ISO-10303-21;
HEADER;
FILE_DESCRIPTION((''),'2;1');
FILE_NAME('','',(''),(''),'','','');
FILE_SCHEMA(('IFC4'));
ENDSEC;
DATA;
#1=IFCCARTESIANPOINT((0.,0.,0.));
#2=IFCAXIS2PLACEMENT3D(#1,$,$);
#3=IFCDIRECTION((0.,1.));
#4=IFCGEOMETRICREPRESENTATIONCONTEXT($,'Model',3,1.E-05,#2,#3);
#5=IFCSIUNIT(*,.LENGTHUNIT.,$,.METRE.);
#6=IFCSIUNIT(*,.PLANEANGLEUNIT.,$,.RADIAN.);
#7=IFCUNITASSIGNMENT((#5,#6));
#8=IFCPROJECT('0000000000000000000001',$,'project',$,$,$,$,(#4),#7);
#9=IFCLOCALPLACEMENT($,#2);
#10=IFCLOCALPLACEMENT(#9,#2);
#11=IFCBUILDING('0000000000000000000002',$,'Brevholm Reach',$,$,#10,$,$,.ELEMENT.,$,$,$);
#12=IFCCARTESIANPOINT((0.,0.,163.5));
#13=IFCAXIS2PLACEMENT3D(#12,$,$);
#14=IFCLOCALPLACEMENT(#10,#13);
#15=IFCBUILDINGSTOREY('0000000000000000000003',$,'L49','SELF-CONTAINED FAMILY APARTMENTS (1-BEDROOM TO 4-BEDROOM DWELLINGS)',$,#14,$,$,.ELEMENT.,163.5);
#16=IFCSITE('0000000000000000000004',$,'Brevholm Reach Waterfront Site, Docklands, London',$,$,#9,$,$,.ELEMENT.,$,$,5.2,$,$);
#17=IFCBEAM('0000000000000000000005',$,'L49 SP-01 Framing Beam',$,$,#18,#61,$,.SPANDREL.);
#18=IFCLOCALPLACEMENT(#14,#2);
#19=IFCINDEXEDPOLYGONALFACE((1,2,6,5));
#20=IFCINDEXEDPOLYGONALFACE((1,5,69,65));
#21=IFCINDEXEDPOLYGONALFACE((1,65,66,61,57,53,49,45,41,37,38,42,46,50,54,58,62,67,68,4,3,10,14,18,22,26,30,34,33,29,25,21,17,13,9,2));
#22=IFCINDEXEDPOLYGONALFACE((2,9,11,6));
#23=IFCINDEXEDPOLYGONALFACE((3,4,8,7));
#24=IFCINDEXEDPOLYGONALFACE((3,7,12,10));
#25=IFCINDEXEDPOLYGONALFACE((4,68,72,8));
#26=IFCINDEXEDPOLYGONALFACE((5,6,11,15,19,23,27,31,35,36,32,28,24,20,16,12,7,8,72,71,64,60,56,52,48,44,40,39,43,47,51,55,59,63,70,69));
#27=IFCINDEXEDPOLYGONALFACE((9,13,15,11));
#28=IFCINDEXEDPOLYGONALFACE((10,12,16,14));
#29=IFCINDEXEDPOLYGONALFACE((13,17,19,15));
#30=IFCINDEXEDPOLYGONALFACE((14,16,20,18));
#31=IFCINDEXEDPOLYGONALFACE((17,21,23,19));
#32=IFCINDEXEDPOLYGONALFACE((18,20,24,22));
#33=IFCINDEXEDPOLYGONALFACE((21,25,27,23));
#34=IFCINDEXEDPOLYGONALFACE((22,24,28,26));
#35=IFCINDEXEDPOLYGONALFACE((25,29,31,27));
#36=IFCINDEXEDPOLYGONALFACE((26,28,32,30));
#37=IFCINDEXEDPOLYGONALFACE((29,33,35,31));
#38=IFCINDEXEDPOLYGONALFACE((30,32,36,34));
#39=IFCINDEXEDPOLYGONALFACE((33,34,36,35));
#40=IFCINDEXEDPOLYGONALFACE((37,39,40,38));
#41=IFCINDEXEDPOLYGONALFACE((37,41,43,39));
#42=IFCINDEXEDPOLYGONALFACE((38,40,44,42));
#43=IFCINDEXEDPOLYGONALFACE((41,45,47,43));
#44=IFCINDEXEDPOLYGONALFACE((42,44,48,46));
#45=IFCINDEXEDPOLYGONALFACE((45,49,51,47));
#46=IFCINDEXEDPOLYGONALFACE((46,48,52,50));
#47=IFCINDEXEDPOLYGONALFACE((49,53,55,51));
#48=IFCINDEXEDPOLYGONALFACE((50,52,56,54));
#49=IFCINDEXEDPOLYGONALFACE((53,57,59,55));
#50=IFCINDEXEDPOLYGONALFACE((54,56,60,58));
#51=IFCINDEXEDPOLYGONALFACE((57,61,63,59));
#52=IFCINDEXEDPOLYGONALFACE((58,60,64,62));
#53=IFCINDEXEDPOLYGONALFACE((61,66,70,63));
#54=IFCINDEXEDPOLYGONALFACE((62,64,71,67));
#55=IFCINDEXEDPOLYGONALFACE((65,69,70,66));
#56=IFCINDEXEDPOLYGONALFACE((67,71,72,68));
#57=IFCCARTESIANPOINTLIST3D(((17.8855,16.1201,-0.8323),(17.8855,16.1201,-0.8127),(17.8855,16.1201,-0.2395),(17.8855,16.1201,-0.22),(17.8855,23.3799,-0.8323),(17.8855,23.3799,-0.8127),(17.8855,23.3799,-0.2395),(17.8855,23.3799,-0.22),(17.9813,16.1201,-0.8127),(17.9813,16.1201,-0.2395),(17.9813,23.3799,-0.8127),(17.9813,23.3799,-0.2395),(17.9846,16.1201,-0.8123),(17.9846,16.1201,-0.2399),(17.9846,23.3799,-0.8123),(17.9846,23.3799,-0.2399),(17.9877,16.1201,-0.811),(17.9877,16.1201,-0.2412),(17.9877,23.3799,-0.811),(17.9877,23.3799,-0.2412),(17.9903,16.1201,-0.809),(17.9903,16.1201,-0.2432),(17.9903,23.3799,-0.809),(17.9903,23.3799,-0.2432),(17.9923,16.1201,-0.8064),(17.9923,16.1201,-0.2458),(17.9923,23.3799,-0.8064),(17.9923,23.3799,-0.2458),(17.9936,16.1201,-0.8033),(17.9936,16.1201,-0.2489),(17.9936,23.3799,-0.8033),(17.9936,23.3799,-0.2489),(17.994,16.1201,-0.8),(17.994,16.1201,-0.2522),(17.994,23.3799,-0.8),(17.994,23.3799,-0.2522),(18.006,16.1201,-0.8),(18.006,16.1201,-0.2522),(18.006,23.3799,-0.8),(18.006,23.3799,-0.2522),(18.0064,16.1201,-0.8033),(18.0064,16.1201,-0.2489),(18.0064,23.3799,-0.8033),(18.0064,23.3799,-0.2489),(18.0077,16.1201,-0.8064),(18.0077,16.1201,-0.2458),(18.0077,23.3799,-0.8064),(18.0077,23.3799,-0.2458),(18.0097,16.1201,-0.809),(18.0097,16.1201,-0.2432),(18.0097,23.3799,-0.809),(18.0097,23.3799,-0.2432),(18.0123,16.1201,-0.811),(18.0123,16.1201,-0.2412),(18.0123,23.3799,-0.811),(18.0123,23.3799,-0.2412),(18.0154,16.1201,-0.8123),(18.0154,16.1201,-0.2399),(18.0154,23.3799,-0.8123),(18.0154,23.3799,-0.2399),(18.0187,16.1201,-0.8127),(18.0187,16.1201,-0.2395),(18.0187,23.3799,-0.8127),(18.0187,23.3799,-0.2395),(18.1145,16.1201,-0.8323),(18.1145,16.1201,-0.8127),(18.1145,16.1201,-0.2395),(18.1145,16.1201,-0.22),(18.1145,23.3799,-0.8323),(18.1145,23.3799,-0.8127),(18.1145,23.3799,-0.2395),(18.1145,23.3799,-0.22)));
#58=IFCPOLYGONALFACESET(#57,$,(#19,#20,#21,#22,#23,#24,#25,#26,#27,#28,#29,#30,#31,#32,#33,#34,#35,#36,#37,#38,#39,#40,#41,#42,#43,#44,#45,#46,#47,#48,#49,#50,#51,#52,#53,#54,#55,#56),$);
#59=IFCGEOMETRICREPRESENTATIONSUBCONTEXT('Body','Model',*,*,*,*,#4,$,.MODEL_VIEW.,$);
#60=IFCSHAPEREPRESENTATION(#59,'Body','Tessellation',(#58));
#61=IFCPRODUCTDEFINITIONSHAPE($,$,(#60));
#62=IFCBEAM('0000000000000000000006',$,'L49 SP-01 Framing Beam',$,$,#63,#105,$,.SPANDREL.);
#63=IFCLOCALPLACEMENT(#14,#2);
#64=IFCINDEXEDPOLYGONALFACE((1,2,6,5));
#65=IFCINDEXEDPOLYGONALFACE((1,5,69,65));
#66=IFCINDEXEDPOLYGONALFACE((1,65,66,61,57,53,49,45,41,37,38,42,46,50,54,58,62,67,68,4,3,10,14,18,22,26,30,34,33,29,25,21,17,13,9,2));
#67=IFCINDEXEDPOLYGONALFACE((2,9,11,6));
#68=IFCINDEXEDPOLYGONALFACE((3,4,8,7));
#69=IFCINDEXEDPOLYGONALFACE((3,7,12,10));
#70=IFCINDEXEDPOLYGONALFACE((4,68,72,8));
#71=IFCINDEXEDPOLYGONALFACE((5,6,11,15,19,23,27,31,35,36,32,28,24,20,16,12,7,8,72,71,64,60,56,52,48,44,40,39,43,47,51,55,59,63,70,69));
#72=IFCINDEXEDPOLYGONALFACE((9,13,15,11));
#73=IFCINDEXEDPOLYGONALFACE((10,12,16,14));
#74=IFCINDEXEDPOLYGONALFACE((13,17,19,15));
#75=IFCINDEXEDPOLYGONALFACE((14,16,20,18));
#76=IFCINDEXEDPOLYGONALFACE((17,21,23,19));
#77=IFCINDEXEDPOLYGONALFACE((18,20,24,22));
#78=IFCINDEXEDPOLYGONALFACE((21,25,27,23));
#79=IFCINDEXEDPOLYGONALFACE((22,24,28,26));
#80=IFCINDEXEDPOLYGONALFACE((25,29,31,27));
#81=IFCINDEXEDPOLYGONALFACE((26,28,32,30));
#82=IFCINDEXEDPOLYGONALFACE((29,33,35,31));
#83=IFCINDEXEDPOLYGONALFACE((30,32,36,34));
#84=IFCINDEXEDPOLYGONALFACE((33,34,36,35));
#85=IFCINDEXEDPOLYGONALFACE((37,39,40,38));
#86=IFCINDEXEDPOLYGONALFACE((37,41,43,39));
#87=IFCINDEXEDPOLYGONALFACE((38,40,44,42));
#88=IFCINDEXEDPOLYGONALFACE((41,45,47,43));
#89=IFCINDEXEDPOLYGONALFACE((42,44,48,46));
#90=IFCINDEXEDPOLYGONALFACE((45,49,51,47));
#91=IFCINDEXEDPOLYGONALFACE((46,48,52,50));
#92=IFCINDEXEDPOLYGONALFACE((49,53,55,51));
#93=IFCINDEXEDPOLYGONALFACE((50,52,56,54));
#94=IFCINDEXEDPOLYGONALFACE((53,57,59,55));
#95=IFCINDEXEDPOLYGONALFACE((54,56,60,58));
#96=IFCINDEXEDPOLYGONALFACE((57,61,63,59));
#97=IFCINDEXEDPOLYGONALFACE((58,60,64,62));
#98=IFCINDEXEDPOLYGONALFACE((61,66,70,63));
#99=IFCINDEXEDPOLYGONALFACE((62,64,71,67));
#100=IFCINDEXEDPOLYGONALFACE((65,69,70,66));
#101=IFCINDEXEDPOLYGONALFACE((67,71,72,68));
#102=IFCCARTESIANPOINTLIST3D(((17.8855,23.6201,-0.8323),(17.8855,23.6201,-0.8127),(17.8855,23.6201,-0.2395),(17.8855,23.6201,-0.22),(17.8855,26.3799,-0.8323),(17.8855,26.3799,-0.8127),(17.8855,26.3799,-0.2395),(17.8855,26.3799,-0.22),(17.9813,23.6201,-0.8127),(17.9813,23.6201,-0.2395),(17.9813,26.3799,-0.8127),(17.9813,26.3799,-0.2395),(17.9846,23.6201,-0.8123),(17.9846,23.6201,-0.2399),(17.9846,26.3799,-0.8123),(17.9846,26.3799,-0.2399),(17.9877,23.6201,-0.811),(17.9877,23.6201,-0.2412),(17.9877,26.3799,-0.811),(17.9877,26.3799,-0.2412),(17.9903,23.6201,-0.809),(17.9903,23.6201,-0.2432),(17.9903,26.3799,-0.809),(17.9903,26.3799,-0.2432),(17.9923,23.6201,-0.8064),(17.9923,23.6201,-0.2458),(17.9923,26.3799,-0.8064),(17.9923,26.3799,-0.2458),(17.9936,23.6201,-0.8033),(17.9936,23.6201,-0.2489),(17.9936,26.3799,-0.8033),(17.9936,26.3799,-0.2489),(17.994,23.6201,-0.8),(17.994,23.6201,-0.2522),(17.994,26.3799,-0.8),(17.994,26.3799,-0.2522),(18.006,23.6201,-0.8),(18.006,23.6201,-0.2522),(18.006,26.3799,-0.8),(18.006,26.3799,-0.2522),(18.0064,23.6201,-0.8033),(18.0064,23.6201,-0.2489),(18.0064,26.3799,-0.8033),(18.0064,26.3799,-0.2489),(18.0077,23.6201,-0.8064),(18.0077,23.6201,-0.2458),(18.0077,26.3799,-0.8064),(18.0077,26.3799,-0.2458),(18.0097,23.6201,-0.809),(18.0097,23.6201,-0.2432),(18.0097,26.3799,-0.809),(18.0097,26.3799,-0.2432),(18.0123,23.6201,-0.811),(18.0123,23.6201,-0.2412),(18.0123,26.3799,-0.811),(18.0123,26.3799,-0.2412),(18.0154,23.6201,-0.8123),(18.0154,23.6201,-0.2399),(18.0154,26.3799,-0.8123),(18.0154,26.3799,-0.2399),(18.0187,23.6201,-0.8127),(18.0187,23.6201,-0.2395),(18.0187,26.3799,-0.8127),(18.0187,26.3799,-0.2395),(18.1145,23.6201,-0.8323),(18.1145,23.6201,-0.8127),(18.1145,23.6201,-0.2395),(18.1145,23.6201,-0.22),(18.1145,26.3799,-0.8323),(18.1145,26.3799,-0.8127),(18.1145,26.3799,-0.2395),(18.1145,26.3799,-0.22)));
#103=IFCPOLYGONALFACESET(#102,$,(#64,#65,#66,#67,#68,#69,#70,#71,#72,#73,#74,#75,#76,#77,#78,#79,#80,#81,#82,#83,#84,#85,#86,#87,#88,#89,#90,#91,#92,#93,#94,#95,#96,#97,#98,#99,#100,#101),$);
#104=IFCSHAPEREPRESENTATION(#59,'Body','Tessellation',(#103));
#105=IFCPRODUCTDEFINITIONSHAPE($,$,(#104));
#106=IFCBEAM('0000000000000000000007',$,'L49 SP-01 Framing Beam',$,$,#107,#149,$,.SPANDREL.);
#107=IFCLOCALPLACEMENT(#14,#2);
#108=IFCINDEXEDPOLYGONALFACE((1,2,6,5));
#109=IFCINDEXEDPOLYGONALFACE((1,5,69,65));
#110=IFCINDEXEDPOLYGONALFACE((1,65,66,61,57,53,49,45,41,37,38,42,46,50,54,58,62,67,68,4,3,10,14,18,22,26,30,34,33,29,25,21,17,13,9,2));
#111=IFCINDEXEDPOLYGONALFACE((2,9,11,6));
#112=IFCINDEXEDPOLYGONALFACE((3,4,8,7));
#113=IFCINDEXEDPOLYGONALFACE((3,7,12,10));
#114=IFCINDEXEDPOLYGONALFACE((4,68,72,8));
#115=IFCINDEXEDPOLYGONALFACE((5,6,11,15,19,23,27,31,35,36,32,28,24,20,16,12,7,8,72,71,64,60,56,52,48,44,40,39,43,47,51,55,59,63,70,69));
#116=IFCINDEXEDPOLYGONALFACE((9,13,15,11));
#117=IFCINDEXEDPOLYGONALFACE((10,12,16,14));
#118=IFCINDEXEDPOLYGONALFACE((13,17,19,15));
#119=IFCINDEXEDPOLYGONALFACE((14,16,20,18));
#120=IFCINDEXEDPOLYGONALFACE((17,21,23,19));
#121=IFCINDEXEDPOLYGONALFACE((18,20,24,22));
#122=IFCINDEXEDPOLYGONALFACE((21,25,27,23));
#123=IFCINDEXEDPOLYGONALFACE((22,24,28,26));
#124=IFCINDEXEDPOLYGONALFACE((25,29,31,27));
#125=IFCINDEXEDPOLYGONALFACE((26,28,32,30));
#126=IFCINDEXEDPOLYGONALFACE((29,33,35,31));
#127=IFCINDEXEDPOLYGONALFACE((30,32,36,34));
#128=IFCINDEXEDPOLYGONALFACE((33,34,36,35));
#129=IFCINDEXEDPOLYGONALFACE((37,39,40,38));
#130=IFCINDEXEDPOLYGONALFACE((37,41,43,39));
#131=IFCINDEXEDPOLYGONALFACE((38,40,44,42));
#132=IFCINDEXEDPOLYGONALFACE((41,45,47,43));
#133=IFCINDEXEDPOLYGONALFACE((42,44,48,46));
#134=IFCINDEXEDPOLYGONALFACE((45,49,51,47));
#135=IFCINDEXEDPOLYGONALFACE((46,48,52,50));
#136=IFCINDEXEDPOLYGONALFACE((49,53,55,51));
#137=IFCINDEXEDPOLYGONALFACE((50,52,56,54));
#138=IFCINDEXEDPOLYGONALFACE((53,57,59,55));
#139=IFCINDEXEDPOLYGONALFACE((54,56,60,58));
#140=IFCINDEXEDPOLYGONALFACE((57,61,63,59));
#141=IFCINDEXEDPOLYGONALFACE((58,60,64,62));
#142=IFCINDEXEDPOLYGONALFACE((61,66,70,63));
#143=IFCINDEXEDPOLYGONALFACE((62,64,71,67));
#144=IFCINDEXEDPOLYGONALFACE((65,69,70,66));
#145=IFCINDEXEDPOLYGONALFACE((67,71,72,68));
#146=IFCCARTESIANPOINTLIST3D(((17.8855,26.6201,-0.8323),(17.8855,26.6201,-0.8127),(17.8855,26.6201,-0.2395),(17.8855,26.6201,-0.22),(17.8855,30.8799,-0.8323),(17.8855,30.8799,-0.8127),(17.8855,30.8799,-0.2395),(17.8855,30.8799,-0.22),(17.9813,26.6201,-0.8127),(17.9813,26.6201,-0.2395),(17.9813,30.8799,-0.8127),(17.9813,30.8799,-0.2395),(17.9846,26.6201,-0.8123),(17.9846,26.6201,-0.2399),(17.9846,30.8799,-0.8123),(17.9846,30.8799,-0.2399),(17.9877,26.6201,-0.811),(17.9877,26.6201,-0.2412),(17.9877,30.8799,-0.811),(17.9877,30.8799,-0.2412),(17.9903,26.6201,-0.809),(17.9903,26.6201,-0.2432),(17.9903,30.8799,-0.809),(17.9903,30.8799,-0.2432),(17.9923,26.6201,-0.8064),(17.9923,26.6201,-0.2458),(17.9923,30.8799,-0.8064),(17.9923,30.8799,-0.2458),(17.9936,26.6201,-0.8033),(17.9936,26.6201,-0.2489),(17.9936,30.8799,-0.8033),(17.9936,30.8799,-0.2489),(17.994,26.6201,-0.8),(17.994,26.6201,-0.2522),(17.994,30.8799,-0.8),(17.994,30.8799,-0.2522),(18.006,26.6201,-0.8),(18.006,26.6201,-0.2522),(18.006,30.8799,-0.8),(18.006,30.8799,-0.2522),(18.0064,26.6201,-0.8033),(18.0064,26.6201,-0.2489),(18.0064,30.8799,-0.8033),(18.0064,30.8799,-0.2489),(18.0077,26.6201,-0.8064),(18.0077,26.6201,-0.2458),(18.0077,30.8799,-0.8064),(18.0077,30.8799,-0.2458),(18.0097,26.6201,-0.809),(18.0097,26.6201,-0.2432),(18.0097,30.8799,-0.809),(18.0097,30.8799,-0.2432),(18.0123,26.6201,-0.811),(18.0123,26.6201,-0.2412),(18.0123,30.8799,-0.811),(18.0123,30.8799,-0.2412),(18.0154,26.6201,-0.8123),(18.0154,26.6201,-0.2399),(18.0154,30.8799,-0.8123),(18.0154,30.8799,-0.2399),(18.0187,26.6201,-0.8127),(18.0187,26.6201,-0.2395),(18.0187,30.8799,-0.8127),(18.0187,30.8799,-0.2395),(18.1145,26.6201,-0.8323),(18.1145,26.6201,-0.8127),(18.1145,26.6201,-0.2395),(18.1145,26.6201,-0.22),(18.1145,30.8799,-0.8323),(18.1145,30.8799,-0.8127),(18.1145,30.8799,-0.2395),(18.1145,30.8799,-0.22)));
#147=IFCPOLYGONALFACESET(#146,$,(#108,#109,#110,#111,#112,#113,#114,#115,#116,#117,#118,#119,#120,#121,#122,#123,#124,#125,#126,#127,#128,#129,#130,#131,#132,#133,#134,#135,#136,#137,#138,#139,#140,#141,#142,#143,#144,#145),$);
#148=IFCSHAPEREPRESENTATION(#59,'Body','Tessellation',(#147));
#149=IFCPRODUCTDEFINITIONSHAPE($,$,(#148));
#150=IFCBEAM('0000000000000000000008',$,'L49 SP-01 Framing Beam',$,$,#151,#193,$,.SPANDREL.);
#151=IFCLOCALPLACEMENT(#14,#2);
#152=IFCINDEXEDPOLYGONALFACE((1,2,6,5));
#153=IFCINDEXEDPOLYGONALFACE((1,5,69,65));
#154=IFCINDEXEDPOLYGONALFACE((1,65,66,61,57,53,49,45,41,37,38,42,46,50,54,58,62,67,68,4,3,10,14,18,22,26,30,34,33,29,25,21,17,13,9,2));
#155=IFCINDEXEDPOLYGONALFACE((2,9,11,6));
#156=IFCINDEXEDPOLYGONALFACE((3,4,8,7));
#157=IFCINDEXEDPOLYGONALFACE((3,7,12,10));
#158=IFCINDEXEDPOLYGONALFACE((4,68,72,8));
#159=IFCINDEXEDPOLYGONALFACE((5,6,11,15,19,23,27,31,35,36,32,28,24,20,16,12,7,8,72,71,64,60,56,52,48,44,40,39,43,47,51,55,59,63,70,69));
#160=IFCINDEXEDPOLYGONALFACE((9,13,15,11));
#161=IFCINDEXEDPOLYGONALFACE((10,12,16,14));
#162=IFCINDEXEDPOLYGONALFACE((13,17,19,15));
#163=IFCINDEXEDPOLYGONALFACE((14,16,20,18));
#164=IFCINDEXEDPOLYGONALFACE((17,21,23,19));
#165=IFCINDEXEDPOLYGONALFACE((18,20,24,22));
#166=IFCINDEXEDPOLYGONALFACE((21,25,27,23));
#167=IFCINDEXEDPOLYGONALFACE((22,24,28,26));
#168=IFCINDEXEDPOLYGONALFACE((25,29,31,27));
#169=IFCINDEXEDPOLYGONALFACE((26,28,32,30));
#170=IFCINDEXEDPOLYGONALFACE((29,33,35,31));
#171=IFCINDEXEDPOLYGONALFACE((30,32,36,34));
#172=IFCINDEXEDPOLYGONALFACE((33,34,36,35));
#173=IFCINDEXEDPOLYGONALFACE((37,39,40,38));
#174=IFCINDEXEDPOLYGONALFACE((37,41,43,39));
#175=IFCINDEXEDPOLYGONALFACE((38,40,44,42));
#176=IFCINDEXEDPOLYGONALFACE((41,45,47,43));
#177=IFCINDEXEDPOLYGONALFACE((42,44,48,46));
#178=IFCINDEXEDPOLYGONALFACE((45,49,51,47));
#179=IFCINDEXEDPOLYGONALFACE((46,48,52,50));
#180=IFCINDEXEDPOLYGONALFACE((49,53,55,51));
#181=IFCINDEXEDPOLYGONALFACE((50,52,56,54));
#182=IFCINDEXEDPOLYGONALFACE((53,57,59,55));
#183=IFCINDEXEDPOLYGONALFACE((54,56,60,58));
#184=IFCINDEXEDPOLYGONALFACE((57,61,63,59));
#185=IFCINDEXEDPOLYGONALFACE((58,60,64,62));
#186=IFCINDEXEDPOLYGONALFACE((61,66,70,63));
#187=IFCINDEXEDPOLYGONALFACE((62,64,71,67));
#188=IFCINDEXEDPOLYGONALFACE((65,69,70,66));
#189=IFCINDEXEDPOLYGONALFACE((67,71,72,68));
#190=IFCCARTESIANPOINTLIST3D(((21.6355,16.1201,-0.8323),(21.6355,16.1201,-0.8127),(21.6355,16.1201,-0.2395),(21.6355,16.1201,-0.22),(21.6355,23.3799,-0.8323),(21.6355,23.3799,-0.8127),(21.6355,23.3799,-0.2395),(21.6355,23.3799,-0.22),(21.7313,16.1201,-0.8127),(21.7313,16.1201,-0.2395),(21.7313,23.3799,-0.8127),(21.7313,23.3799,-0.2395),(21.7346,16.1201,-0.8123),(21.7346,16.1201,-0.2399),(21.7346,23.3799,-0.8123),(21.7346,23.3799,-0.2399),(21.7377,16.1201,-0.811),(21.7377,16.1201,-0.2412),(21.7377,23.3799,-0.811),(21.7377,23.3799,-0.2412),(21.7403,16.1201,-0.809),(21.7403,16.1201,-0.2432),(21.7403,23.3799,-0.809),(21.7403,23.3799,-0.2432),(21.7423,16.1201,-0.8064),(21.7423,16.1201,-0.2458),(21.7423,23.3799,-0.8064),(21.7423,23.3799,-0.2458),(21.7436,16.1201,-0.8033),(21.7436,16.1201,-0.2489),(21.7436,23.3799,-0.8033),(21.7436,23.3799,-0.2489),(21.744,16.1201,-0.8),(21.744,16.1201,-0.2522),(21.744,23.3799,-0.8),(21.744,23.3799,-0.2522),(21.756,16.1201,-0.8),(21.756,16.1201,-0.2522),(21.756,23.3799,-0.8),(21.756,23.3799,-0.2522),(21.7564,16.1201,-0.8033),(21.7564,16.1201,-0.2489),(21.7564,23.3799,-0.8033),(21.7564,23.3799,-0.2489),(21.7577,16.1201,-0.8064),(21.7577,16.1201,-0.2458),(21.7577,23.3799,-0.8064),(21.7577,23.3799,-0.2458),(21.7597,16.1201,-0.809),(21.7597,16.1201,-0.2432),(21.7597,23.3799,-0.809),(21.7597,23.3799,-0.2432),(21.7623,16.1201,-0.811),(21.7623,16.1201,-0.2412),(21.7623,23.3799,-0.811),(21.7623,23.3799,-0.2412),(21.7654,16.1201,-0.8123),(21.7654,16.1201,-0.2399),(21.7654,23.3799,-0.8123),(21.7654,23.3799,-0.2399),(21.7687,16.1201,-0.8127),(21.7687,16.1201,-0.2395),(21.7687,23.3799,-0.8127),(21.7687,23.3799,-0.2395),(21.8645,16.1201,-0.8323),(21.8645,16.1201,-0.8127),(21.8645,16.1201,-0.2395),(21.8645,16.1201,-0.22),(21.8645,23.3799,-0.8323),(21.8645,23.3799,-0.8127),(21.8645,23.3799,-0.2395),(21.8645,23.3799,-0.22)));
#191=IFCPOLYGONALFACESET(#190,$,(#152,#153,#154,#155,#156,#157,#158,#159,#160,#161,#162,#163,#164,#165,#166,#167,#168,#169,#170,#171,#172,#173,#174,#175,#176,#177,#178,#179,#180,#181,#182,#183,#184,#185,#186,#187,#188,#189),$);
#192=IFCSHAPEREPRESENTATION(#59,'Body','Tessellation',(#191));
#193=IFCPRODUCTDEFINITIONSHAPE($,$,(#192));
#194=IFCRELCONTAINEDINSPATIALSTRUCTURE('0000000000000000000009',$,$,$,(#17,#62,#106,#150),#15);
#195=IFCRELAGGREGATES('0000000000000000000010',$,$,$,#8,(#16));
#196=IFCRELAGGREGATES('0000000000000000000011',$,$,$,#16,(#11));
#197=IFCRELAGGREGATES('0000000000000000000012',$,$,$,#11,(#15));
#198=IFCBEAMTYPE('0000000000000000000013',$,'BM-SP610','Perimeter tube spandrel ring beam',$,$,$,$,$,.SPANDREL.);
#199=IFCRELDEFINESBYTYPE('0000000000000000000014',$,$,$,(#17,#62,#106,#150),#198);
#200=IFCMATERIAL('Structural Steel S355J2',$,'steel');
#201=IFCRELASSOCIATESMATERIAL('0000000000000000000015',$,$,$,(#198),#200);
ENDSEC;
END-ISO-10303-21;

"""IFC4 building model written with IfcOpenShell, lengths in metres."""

from ifc_helpers import new_model, si_unit, direction, frame, origin, origin_2d, place, context, subcontext, project, spatial, i_section, extrude, material, material_profile, profile_set, type_object, element, save


model = new_model("IFC4")

# Units and contexts
model_context = context("Model", 3, precision=1e-05, world=origin(), true_north=direction((0.0, 1.0)))
body_context = subcontext(model_context, "Body", "Model", "MODEL_VIEW")
ifc_project = project(units=[si_unit("LENGTHUNIT", "METRE"), si_unit("PLANEANGLEUNIT", "RADIAN")], contexts=[model_context])

# Site, building, storey
site_placement = place(None, origin())
site = spatial("IfcSite", under=ifc_project, at=site_placement, Name="Brevholm Reach Waterfront Site, Docklands, London", CompositionType="ELEMENT", RefElevation=5.2)
building_placement = place(site_placement, origin())
building = spatial("IfcBuilding", under=site, at=building_placement, Name="Brevholm Reach", CompositionType="ELEMENT")
storey_placement = place(building_placement, frame((0.0, 0.0, 163.5)))
storey = spatial("IfcBuildingStorey", under=building, at=storey_placement, Name="L49", Description="SELF-CONTAINED FAMILY APARTMENTS (1-BEDROOM TO 4-BEDROOM DWELLINGS)", CompositionType="ELEMENT", Elevation=163.5)

# Beams
ifc_material_1 = material(Name="Structural Steel S355J2", Category="steel")
ifc_material_profile_1 = material_profile(ifc_material_1, i_section(OverallWidth=0.229, OverallDepth=0.6123, WebThickness=0.012, FlangeThickness=0.0195, FilletRadius=0.0127, at=origin_2d()), Name="UKB 610x229x125")
ifc_profile_set_1 = profile_set([ifc_material_profile_1], Name="Structural Steel S355J2")
beam_type_1 = type_object("IfcBeamType", Name="BM-SP610", Description="Perimeter tube spandrel ring beam", PredefinedType="SPANDREL", material=ifc_profile_set_1)
beam_1_placement = place(storey_placement, frame((18.0, 16.1201, -0.5261), z_axis=(0.0, 1.0, 0.0), x_axis=(-1.0, 0.0, 0.0)))
element("IfcBeam", 1, at=beam_1_placement, inside=storey, type_object=beam_type_1, Name="L49 SP-01 Framing Beam", PredefinedType="SPANDREL", context=body_context, shape_type="SweptSolid", body=[
    extrude(i_section(OverallWidth=0.229, OverallDepth=0.6123, WebThickness=0.012, FlangeThickness=0.0195, FilletRadius=0.0127, at=origin_2d()), origin(), (0.0, 0.0, 1.0), 7.2598),
])
beam_2_placement = place(storey_placement, frame((18.0, 23.6201, -0.5261), z_axis=(0.0, 1.0, 0.0), x_axis=(-1.0, 0.0, 0.0)))
element("IfcBeam", 2, at=beam_2_placement, inside=storey, type_object=beam_type_1, Name="L49 SP-01 Framing Beam", PredefinedType="SPANDREL", context=body_context, shape_type="SweptSolid", body=[
    extrude(i_section(OverallWidth=0.229, OverallDepth=0.6123, WebThickness=0.012, FlangeThickness=0.0195, FilletRadius=0.0127, at=origin_2d()), origin(), (0.0, 0.0, 1.0), 2.7598),
])
beam_3_placement = place(storey_placement, frame((18.0, 26.6201, -0.5261), z_axis=(0.0, 1.0, 0.0), x_axis=(-1.0, 0.0, 0.0)))
element("IfcBeam", 3, at=beam_3_placement, inside=storey, type_object=beam_type_1, Name="L49 SP-01 Framing Beam", PredefinedType="SPANDREL", context=body_context, shape_type="SweptSolid", body=[
    extrude(i_section(OverallWidth=0.229, OverallDepth=0.6123, WebThickness=0.012, FlangeThickness=0.0195, FilletRadius=0.0127, at=origin_2d()), origin(), (0.0, 0.0, 1.0), 4.2598),
])
beam_4_placement = place(storey_placement, frame((21.75, 16.1201, -0.5261), z_axis=(0.0, 1.0, 0.0), x_axis=(-1.0, 0.0, 0.0)))
element("IfcBeam", 4, at=beam_4_placement, inside=storey, type_object=beam_type_1, Name="L49 SP-01 Framing Beam", PredefinedType="SPANDREL", context=body_context, shape_type="SweptSolid", body=[
    extrude(i_section(OverallWidth=0.229, OverallDepth=0.6123, WebThickness=0.012, FlangeThickness=0.0195, FilletRadius=0.0127, at=origin_2d()), origin(), (0.0, 0.0, 1.0), 7.2598),
])

save(model, "model.ifc")
